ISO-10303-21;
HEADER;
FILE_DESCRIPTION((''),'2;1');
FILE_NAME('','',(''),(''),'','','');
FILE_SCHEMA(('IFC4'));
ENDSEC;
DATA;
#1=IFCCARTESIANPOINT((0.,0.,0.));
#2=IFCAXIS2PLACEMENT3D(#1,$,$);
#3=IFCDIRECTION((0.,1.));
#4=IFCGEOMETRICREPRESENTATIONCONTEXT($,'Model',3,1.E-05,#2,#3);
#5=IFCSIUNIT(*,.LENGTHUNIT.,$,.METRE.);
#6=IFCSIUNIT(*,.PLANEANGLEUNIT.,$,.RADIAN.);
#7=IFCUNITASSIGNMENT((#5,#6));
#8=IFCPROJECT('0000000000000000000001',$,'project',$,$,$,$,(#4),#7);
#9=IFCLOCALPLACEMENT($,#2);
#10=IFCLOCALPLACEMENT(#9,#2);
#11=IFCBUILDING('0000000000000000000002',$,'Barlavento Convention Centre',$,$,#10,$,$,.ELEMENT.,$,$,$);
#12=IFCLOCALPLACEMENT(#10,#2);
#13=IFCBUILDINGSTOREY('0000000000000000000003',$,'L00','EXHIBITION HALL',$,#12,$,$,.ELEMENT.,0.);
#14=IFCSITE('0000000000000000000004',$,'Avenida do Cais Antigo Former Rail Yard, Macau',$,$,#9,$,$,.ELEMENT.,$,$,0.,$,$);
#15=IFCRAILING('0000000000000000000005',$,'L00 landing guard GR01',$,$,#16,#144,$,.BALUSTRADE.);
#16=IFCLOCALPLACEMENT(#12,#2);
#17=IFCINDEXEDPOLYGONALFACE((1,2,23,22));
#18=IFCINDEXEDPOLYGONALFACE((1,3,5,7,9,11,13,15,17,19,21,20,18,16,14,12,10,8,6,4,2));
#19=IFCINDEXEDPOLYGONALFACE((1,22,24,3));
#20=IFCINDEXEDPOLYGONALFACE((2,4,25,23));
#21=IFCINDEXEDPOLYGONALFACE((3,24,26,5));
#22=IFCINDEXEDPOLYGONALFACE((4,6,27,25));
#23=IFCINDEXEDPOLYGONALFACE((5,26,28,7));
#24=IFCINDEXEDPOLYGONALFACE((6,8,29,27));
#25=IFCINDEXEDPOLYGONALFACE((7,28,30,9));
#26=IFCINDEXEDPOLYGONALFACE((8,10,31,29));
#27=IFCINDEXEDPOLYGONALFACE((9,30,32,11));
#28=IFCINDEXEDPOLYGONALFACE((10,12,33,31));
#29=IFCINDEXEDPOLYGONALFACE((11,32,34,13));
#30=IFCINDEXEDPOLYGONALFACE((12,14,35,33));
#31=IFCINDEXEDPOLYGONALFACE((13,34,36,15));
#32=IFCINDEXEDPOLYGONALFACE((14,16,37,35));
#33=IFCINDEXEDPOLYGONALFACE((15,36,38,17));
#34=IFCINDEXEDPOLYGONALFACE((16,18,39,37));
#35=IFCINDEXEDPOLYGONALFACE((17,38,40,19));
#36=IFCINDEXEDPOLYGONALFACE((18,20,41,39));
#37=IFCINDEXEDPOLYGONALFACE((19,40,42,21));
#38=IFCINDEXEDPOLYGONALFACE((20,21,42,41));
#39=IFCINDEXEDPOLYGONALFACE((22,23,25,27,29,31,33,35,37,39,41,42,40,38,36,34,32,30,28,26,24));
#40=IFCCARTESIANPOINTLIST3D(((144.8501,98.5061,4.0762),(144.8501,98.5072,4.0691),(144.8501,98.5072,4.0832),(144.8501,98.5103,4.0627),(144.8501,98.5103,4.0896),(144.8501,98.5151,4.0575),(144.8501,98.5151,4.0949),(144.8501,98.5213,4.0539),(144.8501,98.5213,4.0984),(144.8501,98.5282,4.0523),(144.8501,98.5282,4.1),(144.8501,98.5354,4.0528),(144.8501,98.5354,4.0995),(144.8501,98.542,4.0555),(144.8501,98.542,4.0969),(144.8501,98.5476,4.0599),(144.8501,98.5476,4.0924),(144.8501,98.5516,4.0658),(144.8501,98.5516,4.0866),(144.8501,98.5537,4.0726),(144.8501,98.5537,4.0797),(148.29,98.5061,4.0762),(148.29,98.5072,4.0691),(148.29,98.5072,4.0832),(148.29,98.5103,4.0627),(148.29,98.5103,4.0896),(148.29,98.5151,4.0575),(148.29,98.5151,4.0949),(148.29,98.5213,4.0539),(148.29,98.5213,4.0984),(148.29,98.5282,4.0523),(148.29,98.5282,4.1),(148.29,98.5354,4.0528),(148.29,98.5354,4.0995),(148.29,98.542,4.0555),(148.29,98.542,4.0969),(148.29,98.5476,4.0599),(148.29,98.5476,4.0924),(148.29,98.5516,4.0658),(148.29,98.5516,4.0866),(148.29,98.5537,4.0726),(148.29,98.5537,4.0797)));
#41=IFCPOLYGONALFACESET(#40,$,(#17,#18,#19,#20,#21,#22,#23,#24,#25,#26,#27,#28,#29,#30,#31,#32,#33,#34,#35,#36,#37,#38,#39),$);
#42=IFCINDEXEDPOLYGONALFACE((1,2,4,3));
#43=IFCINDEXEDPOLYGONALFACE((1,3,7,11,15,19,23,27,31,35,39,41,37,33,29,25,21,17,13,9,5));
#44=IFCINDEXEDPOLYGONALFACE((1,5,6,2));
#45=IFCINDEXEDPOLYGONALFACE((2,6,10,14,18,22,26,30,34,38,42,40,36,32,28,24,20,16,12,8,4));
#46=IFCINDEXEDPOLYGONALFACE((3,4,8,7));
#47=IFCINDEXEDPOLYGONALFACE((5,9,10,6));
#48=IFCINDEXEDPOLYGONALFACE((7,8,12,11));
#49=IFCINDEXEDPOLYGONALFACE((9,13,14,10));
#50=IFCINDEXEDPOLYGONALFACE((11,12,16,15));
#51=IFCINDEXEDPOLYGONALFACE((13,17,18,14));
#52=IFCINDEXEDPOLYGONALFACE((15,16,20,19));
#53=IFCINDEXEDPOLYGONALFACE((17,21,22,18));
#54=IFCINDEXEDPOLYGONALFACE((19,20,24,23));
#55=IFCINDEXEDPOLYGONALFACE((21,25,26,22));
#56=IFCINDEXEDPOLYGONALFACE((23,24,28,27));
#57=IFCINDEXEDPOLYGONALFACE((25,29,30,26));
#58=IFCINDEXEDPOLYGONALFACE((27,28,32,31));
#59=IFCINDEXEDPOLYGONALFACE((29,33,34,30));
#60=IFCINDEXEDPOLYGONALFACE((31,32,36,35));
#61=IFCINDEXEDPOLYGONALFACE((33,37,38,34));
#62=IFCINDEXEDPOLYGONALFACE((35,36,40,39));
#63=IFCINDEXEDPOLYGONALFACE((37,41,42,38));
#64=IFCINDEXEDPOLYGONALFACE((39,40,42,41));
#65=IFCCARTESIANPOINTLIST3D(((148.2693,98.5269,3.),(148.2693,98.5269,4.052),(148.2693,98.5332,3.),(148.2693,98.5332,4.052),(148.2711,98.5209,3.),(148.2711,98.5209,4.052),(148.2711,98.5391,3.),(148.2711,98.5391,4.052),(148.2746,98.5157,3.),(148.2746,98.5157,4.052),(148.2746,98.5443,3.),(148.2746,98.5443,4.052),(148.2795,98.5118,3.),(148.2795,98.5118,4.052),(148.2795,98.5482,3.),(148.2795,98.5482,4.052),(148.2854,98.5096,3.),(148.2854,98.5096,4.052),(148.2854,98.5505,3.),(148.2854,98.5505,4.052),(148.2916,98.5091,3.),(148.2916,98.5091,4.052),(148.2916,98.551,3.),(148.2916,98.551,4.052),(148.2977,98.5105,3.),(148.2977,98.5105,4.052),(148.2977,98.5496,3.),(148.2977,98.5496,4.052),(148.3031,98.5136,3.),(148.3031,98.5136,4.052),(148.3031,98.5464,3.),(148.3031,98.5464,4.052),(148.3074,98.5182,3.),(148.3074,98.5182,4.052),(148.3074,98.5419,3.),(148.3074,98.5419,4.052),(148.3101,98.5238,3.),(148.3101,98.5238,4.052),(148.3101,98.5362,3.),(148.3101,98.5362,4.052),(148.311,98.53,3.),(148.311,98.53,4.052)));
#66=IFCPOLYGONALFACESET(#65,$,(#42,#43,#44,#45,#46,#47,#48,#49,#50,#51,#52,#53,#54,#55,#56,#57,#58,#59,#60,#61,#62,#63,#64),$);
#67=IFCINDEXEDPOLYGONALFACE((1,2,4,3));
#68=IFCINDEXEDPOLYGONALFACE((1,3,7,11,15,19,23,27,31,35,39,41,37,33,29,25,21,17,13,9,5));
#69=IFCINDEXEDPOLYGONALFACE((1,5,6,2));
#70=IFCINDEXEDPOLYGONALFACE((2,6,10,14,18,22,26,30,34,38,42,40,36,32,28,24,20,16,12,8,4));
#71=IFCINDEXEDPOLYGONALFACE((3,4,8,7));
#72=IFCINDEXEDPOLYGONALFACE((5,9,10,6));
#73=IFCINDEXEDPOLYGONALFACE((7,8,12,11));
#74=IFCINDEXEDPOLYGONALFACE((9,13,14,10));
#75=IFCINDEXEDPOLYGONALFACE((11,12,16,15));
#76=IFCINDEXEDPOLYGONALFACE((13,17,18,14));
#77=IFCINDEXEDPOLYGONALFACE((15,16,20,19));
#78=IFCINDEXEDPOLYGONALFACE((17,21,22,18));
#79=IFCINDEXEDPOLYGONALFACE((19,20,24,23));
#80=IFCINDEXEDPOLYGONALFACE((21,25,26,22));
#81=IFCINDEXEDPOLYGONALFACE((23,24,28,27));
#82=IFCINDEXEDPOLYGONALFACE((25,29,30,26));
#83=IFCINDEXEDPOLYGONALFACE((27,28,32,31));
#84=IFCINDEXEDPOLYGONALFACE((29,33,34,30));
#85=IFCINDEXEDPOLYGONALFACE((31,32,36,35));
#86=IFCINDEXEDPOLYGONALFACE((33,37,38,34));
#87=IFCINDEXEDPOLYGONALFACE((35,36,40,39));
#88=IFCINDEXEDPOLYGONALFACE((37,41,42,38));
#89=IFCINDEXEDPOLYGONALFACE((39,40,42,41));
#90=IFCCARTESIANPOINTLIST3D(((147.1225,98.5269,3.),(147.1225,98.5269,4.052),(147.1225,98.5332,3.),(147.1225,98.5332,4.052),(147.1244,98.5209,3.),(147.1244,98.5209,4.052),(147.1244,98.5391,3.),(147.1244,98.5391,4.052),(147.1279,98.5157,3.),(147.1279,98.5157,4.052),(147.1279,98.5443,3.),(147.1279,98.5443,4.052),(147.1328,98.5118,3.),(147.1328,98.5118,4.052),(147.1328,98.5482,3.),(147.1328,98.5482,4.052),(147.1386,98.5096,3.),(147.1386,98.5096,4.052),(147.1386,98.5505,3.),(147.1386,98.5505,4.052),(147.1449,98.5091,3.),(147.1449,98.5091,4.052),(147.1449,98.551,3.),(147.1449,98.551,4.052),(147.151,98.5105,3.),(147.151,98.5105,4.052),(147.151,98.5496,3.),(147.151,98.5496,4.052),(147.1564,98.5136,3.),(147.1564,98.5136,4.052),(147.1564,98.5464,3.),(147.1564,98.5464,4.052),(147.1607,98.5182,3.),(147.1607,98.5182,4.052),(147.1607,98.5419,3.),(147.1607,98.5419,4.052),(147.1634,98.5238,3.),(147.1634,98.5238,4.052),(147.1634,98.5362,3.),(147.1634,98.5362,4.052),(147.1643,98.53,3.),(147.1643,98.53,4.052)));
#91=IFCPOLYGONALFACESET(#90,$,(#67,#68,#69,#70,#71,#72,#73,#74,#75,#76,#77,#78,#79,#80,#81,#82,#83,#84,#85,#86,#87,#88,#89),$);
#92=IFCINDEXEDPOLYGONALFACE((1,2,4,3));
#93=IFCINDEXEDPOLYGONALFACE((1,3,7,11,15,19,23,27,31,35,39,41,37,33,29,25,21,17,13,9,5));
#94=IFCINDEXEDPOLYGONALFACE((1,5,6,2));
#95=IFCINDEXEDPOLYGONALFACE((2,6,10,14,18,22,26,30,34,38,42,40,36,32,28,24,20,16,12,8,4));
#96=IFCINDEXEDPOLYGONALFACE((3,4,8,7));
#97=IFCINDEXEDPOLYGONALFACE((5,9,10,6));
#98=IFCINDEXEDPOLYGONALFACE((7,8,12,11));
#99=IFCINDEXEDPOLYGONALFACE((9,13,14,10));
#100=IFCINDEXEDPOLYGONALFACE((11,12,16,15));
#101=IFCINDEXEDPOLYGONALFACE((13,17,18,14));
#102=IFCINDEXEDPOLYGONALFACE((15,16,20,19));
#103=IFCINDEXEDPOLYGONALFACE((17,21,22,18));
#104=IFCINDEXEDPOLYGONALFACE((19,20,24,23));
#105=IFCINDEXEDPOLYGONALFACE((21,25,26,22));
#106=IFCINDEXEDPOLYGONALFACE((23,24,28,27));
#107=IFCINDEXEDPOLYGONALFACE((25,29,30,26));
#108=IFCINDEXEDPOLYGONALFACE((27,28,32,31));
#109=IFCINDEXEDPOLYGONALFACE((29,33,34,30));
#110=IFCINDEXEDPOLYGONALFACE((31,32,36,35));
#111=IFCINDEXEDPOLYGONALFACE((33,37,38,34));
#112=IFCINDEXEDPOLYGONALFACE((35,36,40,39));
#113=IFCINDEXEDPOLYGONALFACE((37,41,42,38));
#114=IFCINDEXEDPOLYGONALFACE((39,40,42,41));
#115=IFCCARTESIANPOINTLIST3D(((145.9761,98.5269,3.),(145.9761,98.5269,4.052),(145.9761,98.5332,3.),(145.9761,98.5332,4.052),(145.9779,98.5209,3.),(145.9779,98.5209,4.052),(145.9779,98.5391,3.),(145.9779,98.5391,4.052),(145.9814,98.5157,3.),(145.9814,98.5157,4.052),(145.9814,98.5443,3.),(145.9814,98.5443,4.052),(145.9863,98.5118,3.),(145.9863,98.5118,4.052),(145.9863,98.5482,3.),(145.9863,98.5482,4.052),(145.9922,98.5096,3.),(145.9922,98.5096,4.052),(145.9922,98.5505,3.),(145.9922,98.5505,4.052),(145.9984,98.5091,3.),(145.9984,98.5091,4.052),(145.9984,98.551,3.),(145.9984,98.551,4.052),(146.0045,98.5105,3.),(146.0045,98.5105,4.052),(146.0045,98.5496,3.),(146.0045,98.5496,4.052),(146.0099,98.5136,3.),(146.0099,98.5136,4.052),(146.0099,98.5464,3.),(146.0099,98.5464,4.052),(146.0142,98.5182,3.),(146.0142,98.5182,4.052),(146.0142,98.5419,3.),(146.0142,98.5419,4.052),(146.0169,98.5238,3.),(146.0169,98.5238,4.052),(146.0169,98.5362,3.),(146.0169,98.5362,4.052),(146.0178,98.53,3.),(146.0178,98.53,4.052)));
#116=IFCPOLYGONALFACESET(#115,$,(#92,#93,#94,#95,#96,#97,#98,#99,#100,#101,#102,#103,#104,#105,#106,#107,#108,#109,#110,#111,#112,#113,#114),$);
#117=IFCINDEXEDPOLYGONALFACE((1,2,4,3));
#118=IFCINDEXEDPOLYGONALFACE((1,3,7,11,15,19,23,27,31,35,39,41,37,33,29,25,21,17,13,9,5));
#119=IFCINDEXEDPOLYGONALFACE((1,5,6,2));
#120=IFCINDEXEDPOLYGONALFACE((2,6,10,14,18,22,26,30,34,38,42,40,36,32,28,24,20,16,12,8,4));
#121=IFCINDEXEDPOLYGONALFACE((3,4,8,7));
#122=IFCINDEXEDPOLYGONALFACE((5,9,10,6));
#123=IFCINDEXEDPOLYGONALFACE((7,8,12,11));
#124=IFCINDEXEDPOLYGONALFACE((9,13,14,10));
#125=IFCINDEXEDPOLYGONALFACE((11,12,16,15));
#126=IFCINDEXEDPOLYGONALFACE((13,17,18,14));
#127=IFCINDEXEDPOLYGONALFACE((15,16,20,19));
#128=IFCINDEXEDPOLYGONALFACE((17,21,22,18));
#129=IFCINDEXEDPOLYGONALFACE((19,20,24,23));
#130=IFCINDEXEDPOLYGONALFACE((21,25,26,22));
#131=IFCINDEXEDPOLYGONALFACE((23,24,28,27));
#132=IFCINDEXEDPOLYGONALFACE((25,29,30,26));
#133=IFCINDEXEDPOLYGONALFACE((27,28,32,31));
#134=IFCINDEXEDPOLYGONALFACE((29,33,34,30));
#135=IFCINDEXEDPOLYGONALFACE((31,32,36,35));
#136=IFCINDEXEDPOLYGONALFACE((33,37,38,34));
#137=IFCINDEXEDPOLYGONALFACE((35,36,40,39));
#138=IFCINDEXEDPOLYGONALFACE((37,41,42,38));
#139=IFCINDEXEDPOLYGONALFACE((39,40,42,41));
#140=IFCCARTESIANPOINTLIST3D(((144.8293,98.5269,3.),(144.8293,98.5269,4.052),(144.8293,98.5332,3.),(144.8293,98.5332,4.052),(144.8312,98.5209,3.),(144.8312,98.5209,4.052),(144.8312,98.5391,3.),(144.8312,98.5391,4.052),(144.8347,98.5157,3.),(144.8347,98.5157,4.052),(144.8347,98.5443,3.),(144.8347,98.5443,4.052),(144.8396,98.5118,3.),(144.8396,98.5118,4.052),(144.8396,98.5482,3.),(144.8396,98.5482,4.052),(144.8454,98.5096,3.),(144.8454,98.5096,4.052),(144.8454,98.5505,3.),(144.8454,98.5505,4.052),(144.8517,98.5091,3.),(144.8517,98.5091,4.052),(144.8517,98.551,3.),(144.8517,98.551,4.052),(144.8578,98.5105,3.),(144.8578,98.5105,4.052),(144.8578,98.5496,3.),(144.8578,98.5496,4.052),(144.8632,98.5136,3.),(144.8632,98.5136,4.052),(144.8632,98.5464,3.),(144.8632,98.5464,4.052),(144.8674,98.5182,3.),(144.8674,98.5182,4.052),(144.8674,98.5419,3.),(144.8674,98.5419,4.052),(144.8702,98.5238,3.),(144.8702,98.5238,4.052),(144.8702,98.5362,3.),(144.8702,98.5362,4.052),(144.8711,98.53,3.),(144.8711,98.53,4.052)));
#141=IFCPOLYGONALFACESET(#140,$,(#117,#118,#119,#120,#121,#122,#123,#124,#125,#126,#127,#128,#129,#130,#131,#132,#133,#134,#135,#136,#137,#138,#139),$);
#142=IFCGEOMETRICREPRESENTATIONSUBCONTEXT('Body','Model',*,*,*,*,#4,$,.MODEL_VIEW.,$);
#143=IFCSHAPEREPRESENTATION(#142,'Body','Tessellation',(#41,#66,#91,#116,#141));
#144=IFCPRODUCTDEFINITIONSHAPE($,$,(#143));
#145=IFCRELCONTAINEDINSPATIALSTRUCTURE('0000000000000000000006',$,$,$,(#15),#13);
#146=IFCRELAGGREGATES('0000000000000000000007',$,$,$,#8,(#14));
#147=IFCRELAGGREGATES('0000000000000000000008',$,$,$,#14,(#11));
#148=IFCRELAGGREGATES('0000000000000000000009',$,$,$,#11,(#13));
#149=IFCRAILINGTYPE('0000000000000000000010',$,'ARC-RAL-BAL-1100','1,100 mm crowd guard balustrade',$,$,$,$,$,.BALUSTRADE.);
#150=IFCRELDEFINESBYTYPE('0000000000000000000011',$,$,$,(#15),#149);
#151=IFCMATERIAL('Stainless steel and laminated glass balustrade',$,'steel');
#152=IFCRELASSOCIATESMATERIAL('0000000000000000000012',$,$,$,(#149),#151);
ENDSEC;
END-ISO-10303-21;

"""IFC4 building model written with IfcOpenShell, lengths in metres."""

from ifc_helpers import new_model, si_unit, direction, frame, origin, origin_2d, place, context, subcontext, project, spatial, circle, extrude, material, type_object, element, save


model = new_model("IFC4")

# Units and contexts
model_context = context("Model", 3, precision=1e-05, world=origin(), true_north=direction((0.0, 1.0)))
body_context = subcontext(model_context, "Body", "Model", "MODEL_VIEW")
ifc_project = project(units=[si_unit("LENGTHUNIT", "METRE"), si_unit("PLANEANGLEUNIT", "RADIAN")], contexts=[model_context])

# Site, building, storey
site_placement = place(None, origin())
site = spatial("IfcSite", under=ifc_project, at=site_placement, Name="Avenida do Cais Antigo Former Rail Yard, Macau", CompositionType="ELEMENT", RefElevation=0.0)
building_placement = place(site_placement, origin())
building = spatial("IfcBuilding", under=site, at=building_placement, Name="Barlavento Convention Centre", CompositionType="ELEMENT")
storey_placement = place(building_placement, origin())
storey = spatial("IfcBuildingStorey", under=building, at=storey_placement, Name="L00", Description="EXHIBITION HALL", CompositionType="ELEMENT", Elevation=0.0)

# Railing
ifc_material_1 = material(Name="Stainless steel and laminated glass balustrade", Category="steel")
railing_type_1 = type_object("IfcRailingType", Name="ARC-RAL-BAL-1100", Description="1,100 mm crowd guard balustrade", PredefinedType="BALUSTRADE", material=ifc_material_1)
railing_1_placement = place(storey_placement, frame((148.29, 98.53, 3.0)))
element("IfcRailing", 1, at=railing_1_placement, inside=storey, type_object=railing_type_1, Name="L00 landing guard GR01", PredefinedType="BALUSTRADE", context=body_context, shape_type="SweptSolid", body=[
    extrude(circle(Radius=0.0239, at=origin_2d()), frame((0.0, 0.0, 1.0762), z_axis=(-1.0, 0.0, 0.0), x_axis=(0.0, -1.0, 0.0)), (0.0, 0.0, 1.0), 3.4399),
    extrude(circle(Radius=0.021, at=origin_2d()), origin(), (0.0, 0.0, 1.0), 1.052),
    extrude(circle(Radius=0.021, at=origin_2d()), frame((-1.1467, 0.0, 0.0)), (0.0, 0.0, 1.0), 1.052),
    extrude(circle(Radius=0.021, at=origin_2d()), frame((-2.2932, 0.0, 0.0)), (0.0, 0.0, 1.0), 1.052),
    extrude(circle(Radius=0.021, at=origin_2d()), frame((-3.4399, 0.0, 0.0)), (0.0, 0.0, 1.0), 1.052),
])

save(model, "model.ifc")
